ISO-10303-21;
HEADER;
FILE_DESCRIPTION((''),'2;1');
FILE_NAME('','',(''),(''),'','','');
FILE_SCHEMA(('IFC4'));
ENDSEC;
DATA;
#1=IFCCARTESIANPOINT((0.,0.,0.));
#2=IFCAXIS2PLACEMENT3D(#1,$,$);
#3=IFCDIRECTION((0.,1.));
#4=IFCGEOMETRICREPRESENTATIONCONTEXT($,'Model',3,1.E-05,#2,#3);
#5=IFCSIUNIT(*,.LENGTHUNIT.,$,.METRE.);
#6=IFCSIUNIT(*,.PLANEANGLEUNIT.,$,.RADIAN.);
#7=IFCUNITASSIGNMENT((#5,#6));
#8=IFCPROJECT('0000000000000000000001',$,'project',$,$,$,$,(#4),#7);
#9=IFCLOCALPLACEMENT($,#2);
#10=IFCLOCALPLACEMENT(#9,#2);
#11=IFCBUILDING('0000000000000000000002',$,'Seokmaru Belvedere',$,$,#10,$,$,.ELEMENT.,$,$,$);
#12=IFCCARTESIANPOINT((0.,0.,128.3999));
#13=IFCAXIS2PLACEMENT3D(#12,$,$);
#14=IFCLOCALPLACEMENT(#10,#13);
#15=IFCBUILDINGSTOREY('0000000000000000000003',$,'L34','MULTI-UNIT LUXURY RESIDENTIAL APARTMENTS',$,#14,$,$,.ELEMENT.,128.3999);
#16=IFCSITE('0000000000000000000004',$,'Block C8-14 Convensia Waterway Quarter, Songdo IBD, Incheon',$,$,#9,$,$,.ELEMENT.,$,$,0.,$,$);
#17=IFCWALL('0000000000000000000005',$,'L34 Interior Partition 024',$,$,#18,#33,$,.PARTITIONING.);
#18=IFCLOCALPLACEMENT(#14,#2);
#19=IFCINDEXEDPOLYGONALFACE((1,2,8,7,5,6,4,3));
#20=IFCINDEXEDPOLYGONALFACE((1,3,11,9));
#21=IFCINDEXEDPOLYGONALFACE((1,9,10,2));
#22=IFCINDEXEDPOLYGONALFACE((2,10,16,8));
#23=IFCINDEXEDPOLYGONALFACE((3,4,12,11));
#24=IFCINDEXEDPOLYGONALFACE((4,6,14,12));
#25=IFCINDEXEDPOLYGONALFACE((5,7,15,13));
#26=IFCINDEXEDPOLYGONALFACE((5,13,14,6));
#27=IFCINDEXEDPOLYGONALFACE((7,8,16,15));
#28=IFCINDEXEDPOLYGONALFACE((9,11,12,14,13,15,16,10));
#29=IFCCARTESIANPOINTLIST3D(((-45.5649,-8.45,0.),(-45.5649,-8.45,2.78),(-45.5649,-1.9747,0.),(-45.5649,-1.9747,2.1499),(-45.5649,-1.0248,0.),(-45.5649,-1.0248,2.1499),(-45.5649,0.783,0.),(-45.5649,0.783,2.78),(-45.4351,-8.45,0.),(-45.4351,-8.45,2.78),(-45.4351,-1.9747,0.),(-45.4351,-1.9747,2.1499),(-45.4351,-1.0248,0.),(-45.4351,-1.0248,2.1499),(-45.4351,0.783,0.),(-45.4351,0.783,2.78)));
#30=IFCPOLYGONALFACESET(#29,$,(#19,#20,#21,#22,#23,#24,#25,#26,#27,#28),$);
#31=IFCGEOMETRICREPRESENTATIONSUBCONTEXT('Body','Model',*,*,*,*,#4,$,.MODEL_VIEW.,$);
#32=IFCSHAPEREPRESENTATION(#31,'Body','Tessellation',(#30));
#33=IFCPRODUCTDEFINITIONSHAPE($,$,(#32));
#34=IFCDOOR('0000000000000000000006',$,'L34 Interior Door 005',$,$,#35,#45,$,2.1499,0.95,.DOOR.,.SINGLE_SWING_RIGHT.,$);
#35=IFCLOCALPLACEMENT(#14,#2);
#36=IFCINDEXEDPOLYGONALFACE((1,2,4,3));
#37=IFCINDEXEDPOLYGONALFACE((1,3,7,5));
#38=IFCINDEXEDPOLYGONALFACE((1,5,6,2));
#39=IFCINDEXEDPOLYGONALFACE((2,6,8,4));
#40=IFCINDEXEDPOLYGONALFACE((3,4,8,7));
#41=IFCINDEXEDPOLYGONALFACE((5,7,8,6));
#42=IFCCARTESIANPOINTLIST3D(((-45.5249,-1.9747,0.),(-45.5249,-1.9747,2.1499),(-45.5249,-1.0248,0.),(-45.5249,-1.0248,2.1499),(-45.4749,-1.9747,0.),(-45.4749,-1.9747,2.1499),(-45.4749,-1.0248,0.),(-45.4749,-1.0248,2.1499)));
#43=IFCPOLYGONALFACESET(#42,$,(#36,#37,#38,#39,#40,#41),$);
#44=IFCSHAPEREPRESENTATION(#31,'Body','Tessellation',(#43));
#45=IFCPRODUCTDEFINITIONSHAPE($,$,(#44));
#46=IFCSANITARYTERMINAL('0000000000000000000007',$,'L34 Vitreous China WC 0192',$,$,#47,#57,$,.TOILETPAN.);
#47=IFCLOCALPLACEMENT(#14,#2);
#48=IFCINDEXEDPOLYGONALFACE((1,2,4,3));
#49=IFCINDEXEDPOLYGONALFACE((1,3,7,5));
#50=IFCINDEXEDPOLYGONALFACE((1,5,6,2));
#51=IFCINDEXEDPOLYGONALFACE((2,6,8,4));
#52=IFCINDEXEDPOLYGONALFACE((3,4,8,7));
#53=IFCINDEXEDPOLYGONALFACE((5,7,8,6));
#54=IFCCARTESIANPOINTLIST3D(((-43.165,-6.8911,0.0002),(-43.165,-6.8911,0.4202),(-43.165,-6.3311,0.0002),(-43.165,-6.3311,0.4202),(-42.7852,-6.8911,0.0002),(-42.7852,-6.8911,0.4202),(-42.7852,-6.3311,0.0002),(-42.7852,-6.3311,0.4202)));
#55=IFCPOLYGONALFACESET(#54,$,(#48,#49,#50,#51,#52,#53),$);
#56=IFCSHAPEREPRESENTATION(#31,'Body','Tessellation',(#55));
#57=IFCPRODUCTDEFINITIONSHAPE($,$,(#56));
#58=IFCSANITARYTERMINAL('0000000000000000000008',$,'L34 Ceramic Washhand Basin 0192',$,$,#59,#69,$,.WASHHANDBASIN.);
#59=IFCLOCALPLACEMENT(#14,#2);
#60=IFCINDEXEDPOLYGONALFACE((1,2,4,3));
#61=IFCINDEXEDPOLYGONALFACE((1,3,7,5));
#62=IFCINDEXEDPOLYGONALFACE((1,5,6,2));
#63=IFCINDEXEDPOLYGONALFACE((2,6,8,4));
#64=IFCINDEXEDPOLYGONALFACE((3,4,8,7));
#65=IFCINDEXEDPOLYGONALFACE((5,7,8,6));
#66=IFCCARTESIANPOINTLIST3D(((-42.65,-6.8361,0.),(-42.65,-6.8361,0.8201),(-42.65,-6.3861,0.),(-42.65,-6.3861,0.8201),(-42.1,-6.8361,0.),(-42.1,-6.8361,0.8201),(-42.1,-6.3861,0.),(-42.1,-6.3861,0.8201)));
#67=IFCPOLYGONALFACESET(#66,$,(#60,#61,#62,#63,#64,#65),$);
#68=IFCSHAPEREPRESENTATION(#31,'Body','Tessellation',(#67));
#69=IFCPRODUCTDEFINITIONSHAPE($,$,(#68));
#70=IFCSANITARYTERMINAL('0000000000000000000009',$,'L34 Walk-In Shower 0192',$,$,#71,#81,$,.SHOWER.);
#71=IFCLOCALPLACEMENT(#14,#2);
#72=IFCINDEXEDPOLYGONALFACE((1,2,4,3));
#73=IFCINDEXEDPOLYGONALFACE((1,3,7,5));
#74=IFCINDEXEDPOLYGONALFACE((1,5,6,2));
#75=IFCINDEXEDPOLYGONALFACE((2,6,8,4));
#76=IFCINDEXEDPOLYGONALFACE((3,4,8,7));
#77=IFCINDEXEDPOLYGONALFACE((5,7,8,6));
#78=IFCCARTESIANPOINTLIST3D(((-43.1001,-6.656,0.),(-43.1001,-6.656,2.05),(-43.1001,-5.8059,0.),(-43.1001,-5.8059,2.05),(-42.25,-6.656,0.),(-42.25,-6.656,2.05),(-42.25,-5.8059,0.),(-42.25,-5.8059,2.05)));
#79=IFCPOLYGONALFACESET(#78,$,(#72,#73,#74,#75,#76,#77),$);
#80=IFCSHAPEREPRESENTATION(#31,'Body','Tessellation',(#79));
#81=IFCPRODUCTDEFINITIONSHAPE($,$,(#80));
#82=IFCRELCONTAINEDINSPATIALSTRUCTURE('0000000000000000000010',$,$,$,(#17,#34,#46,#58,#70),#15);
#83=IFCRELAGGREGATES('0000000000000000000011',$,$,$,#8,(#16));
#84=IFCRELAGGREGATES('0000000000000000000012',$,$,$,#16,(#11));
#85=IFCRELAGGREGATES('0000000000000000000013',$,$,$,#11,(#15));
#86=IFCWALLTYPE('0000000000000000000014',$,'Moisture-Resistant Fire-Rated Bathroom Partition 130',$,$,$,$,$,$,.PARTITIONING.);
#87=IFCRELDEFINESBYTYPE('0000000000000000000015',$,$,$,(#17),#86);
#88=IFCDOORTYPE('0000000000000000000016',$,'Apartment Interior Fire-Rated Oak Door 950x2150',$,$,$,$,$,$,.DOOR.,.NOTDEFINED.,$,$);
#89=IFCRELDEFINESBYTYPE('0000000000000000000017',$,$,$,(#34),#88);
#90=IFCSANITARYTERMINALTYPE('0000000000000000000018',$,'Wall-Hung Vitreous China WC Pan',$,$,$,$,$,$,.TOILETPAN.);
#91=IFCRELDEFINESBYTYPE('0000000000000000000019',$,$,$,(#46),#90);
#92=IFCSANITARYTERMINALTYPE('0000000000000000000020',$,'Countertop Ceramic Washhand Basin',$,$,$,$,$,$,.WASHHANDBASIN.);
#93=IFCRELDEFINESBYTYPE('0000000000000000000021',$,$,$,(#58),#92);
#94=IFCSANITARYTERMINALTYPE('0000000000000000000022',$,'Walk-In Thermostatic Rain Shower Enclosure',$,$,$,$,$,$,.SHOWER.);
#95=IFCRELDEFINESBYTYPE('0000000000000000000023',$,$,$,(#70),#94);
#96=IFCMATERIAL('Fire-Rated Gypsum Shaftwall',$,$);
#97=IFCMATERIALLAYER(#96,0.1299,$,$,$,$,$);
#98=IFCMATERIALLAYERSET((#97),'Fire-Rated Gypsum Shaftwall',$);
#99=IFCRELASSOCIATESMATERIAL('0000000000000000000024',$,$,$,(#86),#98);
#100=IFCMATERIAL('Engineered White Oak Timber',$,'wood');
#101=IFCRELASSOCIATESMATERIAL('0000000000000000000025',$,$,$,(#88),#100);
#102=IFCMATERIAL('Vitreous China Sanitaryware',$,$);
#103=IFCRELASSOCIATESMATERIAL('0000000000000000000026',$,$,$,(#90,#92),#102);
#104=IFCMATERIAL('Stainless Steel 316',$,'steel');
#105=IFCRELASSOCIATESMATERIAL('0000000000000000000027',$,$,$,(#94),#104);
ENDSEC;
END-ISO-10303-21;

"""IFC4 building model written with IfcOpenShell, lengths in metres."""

from ifc_helpers import new_model, si_unit, direction, frame, frame_2d, origin, origin_2d, place, context, subcontext, project, spatial, rectangle, extrude, source, transform, mapped, material, layer, layer_set, type_object, type_shapes, element, fill, save


model = new_model("IFC4")

# Units and contexts
model_context = context("Model", 3, precision=1e-05, world=origin(), true_north=direction((0.0, 1.0)))
body_context = subcontext(model_context, "Body", "Model", "MODEL_VIEW")
ifc_project = project(units=[si_unit("LENGTHUNIT", "METRE"), si_unit("PLANEANGLEUNIT", "RADIAN")], contexts=[model_context])

# Site, building, storey
site_placement = place(None, origin())
site = spatial("IfcSite", under=ifc_project, at=site_placement, Name="Block C8-14 Convensia Waterway Quarter, Songdo IBD, Incheon", CompositionType="ELEMENT", RefElevation=0.0)
building_placement = place(site_placement, origin())
building = spatial("IfcBuilding", under=site, at=building_placement, Name="Seokmaru Belvedere", CompositionType="ELEMENT")
storey_placement = place(building_placement, frame((0.0, 0.0, 128.3999)))
storey = spatial("IfcBuildingStorey", under=building, at=storey_placement, Name="L34", Description="MULTI-UNIT LUXURY RESIDENTIAL APARTMENTS", CompositionType="ELEMENT", Elevation=128.3999)

# Shared definitions
ifc_material_1 = material(Name="Fire-Rated Gypsum Shaftwall")

# Wall, opening, door
ifc_layer_1 = layer(ifc_material_1, 0.1299)
ifc_layer_set_1 = layer_set([ifc_layer_1], Name="Fire-Rated Gypsum Shaftwall")
wall_type_1 = type_object("IfcWallType", Name="Moisture-Resistant Fire-Rated Bathroom Partition 130", PredefinedType="PARTITIONING", material=ifc_layer_set_1)
ifc_material_2 = material(Name="Engineered White Oak Timber", Category="wood")
wall_1_placement = place(storey_placement, frame((-45.5, -8.45, 0.0), z_axis=(0.0, 0.0, 1.0), x_axis=(0.0, 1.0, 0.0)))
wall_1 = element("IfcWall", 1, at=wall_1_placement, inside=storey, type_object=wall_type_1, Name="L34 Interior Partition 024", PredefinedType="PARTITIONING", context=body_context, shape_type="SweptSolid", body=[
    extrude(rectangle(XDim=9.2329, YDim=0.1299, at=frame_2d((4.6165, 0.0))), origin(), (0.0, 0.0, 1.0), 2.78),
])
opening_1_placement = place(wall_1_placement, frame((6.4751, 0.0, 0.0)))
opening_1 = element("IfcOpeningElement", 2, at=opening_1_placement, cuts=wall_1, PredefinedType="OPENING", context=body_context, shape_type="SweptSolid", body=[
    extrude(rectangle(XDim=0.95, YDim=2.1499, at=frame_2d((0.4751, 1.075))), frame((0.0, 0.075, 0.0), z_axis=(0.0, -1.0, 0.0), x_axis=(1.0, 0.0, 0.0)), (0.0, 0.0, 1.0), 0.1499),
])
door_type_1 = type_object("IfcDoorType", Name="Apartment Interior Fire-Rated Oak Door 950x2150", OperationType="NOTDEFINED", PredefinedType="DOOR", material=ifc_material_2)
shared_shape_1 = source(origin(), body_context, "Body", "SweptSolid", [
    extrude(rectangle(XDim=0.95, YDim=2.1499, at=frame_2d((0.4751, 1.075))), frame((0.0, 0.0249, 0.0), z_axis=(0.0, -1.0, 0.0), x_axis=(1.0, 0.0, 0.0)), (0.0, 0.0, 1.0), 0.05),
])
type_shapes(door_type_1, [shared_shape_1])
door_1_placement = place(opening_1_placement, origin())
door_1 = element("IfcDoor", 3, at=door_1_placement, inside=storey, type_object=door_type_1, Name="L34 Interior Door 005", OperationType="SINGLE_SWING_RIGHT", OverallHeight=2.1499, OverallWidth=0.95, PredefinedType="DOOR", context=body_context, shape_type="MappedRepresentation", body=[
    mapped(shared_shape_1, transform((0.0, 0.0, 0.0), scale=1.0)),
])
fill(opening_1, door_1)

# Sanitary terminals
ifc_material_3 = material(Name="Vitreous China Sanitaryware")
sanitary_terminal_type_1 = type_object("IfcSanitaryTerminalType", Name="Wall-Hung Vitreous China WC Pan", PredefinedType="TOILETPAN", material=ifc_material_3)
shared_shape_2 = source(origin(), body_context, "Body", "SweptSolid", [
    extrude(rectangle(XDim=0.3799, YDim=0.5601, at=origin_2d()), origin(), (0.0, 0.0, 1.0), 0.4199),
])
type_shapes(sanitary_terminal_type_1, [shared_shape_2])
sanitary_terminal_1_placement = place(storey_placement, frame((-42.9751, -6.6111, 0.0002), z_axis=(0.0, 0.0, 1.0), x_axis=(1.0, 0.0, 0.0)))
element("IfcSanitaryTerminal", 4, at=sanitary_terminal_1_placement, inside=storey, type_object=sanitary_terminal_type_1, Name="L34 Vitreous China WC 0192", PredefinedType="TOILETPAN", context=body_context, shape_type="MappedRepresentation", body=[
    mapped(shared_shape_2, transform((0.0, 0.0, 0.0), scale=1.0)),
])
sanitary_terminal_type_2 = type_object("IfcSanitaryTerminalType", Name="Countertop Ceramic Washhand Basin", PredefinedType="WASHHANDBASIN", material=ifc_material_3)
shared_shape_3 = source(origin(), body_context, "Body", "SweptSolid", [
    extrude(rectangle(XDim=0.55, YDim=0.45, at=origin_2d()), origin(), (0.0, 0.0, 1.0), 0.8201),
])
type_shapes(sanitary_terminal_type_2, [shared_shape_3])
sanitary_terminal_2_placement = place(storey_placement, frame((-42.375, -6.6111, 0.0), z_axis=(0.0, 0.0, 1.0), x_axis=(1.0, 0.0, 0.0)))
element("IfcSanitaryTerminal", 5, at=sanitary_terminal_2_placement, inside=storey, type_object=sanitary_terminal_type_2, Name="L34 Ceramic Washhand Basin 0192", PredefinedType="WASHHANDBASIN", context=body_context, shape_type="MappedRepresentation", body=[
    mapped(shared_shape_3, transform((0.0, 0.0, 0.0), scale=1.0)),
])
ifc_material_4 = material(Name="Stainless Steel 316", Category="steel")
sanitary_terminal_type_3 = type_object("IfcSanitaryTerminalType", Name="Walk-In Thermostatic Rain Shower Enclosure", PredefinedType="SHOWER", material=ifc_material_4)
shared_shape_4 = source(origin(), body_context, "Body", "SweptSolid", [
    extrude(rectangle(XDim=0.8501, YDim=0.8501, at=origin_2d()), origin(), (0.0, 0.0, 1.0), 2.05),
])
type_shapes(sanitary_terminal_type_3, [shared_shape_4])
sanitary_terminal_3_placement = place(storey_placement, frame((-42.675, -6.231, 0.0), z_axis=(0.0, 0.0, 1.0), x_axis=(1.0, 0.0, 0.0)))
element("IfcSanitaryTerminal", 6, at=sanitary_terminal_3_placement, inside=storey, type_object=sanitary_terminal_type_3, Name="L34 Walk-In Shower 0192", PredefinedType="SHOWER", context=body_context, shape_type="MappedRepresentation", body=[
    mapped(shared_shape_4, transform((0.0, 0.0, 0.0), scale=1.0)),
])

save(model, "model.ifc")
